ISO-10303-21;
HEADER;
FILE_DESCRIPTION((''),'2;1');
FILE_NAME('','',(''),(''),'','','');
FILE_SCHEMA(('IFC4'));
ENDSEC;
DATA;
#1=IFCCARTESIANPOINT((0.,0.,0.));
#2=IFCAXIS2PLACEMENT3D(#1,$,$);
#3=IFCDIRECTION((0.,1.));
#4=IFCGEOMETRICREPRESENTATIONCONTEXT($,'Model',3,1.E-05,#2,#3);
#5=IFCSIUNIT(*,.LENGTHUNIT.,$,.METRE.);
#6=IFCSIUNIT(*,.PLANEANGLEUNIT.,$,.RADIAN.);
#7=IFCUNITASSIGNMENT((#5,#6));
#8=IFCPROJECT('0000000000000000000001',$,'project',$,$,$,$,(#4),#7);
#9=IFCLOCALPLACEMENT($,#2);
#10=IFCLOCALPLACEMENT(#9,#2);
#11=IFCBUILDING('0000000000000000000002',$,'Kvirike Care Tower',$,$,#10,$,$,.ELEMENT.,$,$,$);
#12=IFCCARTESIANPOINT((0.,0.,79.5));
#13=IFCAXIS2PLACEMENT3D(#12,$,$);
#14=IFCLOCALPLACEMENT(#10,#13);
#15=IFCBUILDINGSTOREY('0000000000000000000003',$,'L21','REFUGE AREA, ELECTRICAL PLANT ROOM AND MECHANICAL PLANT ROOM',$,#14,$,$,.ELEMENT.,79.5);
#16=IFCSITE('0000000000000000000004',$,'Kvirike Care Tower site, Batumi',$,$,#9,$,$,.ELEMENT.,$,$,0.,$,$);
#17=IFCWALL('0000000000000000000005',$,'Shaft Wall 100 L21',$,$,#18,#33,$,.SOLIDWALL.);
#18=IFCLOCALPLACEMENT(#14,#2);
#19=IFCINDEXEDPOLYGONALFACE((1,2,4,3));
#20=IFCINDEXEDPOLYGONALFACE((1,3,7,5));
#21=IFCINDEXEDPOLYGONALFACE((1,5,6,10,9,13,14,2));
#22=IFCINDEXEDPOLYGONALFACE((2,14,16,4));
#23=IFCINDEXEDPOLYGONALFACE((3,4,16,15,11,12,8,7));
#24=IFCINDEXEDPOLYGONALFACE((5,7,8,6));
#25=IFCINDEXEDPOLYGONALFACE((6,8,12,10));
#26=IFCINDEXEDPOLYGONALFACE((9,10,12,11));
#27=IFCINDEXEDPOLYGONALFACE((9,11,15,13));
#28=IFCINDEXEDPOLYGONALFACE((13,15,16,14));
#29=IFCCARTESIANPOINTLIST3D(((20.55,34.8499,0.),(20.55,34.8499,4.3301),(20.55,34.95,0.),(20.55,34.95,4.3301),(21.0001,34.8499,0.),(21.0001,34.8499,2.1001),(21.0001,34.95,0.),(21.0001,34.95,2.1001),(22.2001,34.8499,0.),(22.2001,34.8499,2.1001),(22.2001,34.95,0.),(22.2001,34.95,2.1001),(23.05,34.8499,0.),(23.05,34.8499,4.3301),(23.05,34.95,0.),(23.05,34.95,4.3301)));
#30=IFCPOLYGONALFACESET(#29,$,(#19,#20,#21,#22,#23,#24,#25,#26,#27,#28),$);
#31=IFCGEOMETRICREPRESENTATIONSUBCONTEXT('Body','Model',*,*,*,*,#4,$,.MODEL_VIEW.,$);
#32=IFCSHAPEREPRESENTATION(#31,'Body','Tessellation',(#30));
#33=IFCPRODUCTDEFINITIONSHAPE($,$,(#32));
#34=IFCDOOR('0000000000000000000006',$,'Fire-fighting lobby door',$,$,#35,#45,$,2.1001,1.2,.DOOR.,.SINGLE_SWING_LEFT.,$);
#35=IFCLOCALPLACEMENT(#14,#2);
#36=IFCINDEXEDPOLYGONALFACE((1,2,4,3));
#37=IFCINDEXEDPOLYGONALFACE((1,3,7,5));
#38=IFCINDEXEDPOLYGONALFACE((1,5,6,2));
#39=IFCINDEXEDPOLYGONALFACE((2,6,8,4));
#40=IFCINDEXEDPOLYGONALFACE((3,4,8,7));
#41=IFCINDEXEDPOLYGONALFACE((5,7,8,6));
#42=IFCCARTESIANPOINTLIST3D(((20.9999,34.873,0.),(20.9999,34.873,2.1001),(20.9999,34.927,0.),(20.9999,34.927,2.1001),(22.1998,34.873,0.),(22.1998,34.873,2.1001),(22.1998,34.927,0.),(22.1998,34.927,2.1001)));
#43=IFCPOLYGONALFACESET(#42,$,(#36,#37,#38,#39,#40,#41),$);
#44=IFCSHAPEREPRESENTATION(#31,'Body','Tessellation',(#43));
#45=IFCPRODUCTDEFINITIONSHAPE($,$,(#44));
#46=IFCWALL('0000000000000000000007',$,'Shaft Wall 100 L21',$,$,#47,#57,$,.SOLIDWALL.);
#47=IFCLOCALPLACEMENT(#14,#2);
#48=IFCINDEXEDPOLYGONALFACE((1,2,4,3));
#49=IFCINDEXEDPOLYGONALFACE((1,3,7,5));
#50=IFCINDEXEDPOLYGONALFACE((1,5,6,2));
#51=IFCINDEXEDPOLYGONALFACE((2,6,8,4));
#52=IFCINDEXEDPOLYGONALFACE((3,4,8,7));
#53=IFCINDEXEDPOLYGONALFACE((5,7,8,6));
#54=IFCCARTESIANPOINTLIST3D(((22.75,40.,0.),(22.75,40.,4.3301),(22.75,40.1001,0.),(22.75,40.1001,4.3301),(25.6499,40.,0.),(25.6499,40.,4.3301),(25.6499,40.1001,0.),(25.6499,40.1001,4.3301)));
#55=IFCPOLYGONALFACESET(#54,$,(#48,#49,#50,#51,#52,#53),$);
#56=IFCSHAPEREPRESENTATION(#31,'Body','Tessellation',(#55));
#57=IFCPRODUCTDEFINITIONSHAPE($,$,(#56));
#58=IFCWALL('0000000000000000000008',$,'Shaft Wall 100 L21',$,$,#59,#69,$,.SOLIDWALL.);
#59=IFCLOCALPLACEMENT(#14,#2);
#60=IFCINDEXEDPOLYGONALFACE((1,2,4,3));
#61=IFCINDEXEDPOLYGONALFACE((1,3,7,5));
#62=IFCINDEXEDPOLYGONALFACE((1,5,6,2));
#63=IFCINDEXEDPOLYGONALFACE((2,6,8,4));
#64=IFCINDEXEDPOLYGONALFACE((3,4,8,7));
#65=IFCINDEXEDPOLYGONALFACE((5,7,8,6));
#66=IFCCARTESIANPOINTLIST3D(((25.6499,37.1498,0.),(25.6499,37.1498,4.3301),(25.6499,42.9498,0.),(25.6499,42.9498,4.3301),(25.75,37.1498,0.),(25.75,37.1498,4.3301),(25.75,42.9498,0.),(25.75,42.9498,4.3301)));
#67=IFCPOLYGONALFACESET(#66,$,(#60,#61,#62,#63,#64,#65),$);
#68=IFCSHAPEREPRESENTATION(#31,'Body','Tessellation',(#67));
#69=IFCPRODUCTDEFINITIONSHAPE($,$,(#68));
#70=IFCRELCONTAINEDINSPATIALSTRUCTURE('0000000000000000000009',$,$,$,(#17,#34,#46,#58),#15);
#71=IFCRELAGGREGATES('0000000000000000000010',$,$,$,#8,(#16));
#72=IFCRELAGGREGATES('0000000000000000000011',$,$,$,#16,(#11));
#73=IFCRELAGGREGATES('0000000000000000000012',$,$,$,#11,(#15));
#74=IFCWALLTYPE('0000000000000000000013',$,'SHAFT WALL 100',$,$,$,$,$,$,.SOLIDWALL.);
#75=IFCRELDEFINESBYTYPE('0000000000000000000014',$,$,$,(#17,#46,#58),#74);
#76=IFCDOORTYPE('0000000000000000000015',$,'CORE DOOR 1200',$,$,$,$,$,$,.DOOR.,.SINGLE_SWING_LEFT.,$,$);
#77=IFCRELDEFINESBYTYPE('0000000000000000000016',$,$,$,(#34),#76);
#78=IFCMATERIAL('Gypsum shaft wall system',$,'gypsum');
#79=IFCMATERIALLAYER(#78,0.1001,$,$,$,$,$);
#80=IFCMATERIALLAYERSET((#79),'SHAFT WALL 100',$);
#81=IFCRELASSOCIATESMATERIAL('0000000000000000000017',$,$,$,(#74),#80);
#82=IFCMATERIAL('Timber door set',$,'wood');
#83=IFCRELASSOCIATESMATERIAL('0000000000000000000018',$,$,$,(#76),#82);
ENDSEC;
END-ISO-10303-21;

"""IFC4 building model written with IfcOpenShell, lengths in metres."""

from ifc_helpers import new_model, si_unit, direction, frame, frame_2d, origin, place, context, subcontext, project, spatial, rectangle, extrude, material, layer, layer_set, type_object, element, fill, save


model = new_model("IFC4")

# Units and contexts
model_context = context("Model", 3, precision=1e-05, world=origin(), true_north=direction((0.0, 1.0)))
body_context = subcontext(model_context, "Body", "Model", "MODEL_VIEW")
ifc_project = project(units=[si_unit("LENGTHUNIT", "METRE"), si_unit("PLANEANGLEUNIT", "RADIAN")], contexts=[model_context])

# Site, building, storey
site_placement = place(None, origin())
site = spatial("IfcSite", under=ifc_project, at=site_placement, Name="Kvirike Care Tower site, Batumi", CompositionType="ELEMENT", RefElevation=0.0)
building_placement = place(site_placement, origin())
building = spatial("IfcBuilding", under=site, at=building_placement, Name="Kvirike Care Tower", CompositionType="ELEMENT")
storey_placement = place(building_placement, frame((0.0, 0.0, 79.5)))
storey = spatial("IfcBuildingStorey", under=building, at=storey_placement, Name="L21", Description="REFUGE AREA, ELECTRICAL PLANT ROOM AND MECHANICAL PLANT ROOM", CompositionType="ELEMENT", Elevation=79.5)

# Shared definitions
ifc_material_1 = material(Name="Gypsum shaft wall system", Category="gypsum")
ifc_layer_1 = layer(ifc_material_1, 0.1001)
ifc_layer_set_1 = layer_set([ifc_layer_1], Name="SHAFT WALL 100")
wall_type_1 = type_object("IfcWallType", Name="SHAFT WALL 100", PredefinedType="SOLIDWALL", material=ifc_layer_set_1)

# Wall, opening, door
wall_1_placement = place(storey_placement, frame((20.55, 34.8999, 0.0), z_axis=(0.0, 0.0, 1.0), x_axis=(1.0, 0.0, 0.0)))
wall_1 = element("IfcWall", 1, at=wall_1_placement, inside=storey, type_object=wall_type_1, Name="Shaft Wall 100 L21", PredefinedType="SOLIDWALL", context=body_context, shape_type="SweptSolid", body=[
    extrude(rectangle(XDim=2.5, YDim=0.1001, at=frame_2d((1.25, 0.0))), origin(), (0.0, 0.0, 1.0), 4.3301),
])
opening_1_placement = place(wall_1_placement, frame((0.45, 0.0, 0.0)))
opening_1 = element("IfcOpeningElement", 2, at=opening_1_placement, cuts=wall_1, PredefinedType="OPENING", context=body_context, shape_type="SweptSolid", body=[
    extrude(rectangle(XDim=1.2, YDim=2.1001, at=frame_2d((0.6001, 1.05))), frame((0.0, 0.0605, 0.0), z_axis=(0.0, -1.0, 0.0), x_axis=(1.0, 0.0, 0.0)), (0.0, 0.0, 1.0), 0.1211),
])
ifc_material_2 = material(Name="Timber door set", Category="wood")
door_type_1 = type_object("IfcDoorType", Name="CORE DOOR 1200", OperationType="SINGLE_SWING_LEFT", PredefinedType="DOOR", material=ifc_material_2)
door_1_placement = place(opening_1_placement, frame((1.2, 0.0, 0.0), z_axis=(0.0, 0.0, 1.0), x_axis=(-1.0, 0.0, 0.0)))
door_1 = element("IfcDoor", 3, at=door_1_placement, inside=storey, type_object=door_type_1, Name="Fire-fighting lobby door", OperationType="SINGLE_SWING_LEFT", OverallHeight=2.1001, OverallWidth=1.2, PredefinedType="DOOR", context=body_context, shape_type="SweptSolid", body=[
    extrude(rectangle(XDim=1.2, YDim=2.1001, at=frame_2d((0.6001, 1.05))), frame((0.0, 0.0269, 0.0), z_axis=(0.0, -1.0, 0.0), x_axis=(1.0, 0.0, 0.0)), (0.0, 0.0, 1.0), 0.054),
])
fill(opening_1, door_1)

# Walls
wall_2_placement = place(storey_placement, frame((22.75, 40.05, 0.0), z_axis=(0.0, 0.0, 1.0), x_axis=(1.0, 0.0, 0.0)))
element("IfcWall", 4, at=wall_2_placement, inside=storey, type_object=wall_type_1, Name="Shaft Wall 100 L21", PredefinedType="SOLIDWALL", context=body_context, shape_type="SweptSolid", body=[
    extrude(rectangle(XDim=2.8999, YDim=0.1001, at=frame_2d((1.45, 0.0))), origin(), (0.0, 0.0, 1.0), 4.3301),
])
wall_3_placement = place(storey_placement, frame((25.7, 37.1499, 0.0), z_axis=(0.0, 0.0, 1.0), x_axis=(0.0, 1.0, 0.0)))
element("IfcWall", 5, at=wall_3_placement, inside=storey, type_object=wall_type_1, Name="Shaft Wall 100 L21", PredefinedType="SOLIDWALL", context=body_context, shape_type="SweptSolid", body=[
    extrude(rectangle(XDim=5.8, YDim=0.1001, at=frame_2d((2.8999, 0.0))), origin(), (0.0, 0.0, 1.0), 4.3301),
])

save(model, "model.ifc")
